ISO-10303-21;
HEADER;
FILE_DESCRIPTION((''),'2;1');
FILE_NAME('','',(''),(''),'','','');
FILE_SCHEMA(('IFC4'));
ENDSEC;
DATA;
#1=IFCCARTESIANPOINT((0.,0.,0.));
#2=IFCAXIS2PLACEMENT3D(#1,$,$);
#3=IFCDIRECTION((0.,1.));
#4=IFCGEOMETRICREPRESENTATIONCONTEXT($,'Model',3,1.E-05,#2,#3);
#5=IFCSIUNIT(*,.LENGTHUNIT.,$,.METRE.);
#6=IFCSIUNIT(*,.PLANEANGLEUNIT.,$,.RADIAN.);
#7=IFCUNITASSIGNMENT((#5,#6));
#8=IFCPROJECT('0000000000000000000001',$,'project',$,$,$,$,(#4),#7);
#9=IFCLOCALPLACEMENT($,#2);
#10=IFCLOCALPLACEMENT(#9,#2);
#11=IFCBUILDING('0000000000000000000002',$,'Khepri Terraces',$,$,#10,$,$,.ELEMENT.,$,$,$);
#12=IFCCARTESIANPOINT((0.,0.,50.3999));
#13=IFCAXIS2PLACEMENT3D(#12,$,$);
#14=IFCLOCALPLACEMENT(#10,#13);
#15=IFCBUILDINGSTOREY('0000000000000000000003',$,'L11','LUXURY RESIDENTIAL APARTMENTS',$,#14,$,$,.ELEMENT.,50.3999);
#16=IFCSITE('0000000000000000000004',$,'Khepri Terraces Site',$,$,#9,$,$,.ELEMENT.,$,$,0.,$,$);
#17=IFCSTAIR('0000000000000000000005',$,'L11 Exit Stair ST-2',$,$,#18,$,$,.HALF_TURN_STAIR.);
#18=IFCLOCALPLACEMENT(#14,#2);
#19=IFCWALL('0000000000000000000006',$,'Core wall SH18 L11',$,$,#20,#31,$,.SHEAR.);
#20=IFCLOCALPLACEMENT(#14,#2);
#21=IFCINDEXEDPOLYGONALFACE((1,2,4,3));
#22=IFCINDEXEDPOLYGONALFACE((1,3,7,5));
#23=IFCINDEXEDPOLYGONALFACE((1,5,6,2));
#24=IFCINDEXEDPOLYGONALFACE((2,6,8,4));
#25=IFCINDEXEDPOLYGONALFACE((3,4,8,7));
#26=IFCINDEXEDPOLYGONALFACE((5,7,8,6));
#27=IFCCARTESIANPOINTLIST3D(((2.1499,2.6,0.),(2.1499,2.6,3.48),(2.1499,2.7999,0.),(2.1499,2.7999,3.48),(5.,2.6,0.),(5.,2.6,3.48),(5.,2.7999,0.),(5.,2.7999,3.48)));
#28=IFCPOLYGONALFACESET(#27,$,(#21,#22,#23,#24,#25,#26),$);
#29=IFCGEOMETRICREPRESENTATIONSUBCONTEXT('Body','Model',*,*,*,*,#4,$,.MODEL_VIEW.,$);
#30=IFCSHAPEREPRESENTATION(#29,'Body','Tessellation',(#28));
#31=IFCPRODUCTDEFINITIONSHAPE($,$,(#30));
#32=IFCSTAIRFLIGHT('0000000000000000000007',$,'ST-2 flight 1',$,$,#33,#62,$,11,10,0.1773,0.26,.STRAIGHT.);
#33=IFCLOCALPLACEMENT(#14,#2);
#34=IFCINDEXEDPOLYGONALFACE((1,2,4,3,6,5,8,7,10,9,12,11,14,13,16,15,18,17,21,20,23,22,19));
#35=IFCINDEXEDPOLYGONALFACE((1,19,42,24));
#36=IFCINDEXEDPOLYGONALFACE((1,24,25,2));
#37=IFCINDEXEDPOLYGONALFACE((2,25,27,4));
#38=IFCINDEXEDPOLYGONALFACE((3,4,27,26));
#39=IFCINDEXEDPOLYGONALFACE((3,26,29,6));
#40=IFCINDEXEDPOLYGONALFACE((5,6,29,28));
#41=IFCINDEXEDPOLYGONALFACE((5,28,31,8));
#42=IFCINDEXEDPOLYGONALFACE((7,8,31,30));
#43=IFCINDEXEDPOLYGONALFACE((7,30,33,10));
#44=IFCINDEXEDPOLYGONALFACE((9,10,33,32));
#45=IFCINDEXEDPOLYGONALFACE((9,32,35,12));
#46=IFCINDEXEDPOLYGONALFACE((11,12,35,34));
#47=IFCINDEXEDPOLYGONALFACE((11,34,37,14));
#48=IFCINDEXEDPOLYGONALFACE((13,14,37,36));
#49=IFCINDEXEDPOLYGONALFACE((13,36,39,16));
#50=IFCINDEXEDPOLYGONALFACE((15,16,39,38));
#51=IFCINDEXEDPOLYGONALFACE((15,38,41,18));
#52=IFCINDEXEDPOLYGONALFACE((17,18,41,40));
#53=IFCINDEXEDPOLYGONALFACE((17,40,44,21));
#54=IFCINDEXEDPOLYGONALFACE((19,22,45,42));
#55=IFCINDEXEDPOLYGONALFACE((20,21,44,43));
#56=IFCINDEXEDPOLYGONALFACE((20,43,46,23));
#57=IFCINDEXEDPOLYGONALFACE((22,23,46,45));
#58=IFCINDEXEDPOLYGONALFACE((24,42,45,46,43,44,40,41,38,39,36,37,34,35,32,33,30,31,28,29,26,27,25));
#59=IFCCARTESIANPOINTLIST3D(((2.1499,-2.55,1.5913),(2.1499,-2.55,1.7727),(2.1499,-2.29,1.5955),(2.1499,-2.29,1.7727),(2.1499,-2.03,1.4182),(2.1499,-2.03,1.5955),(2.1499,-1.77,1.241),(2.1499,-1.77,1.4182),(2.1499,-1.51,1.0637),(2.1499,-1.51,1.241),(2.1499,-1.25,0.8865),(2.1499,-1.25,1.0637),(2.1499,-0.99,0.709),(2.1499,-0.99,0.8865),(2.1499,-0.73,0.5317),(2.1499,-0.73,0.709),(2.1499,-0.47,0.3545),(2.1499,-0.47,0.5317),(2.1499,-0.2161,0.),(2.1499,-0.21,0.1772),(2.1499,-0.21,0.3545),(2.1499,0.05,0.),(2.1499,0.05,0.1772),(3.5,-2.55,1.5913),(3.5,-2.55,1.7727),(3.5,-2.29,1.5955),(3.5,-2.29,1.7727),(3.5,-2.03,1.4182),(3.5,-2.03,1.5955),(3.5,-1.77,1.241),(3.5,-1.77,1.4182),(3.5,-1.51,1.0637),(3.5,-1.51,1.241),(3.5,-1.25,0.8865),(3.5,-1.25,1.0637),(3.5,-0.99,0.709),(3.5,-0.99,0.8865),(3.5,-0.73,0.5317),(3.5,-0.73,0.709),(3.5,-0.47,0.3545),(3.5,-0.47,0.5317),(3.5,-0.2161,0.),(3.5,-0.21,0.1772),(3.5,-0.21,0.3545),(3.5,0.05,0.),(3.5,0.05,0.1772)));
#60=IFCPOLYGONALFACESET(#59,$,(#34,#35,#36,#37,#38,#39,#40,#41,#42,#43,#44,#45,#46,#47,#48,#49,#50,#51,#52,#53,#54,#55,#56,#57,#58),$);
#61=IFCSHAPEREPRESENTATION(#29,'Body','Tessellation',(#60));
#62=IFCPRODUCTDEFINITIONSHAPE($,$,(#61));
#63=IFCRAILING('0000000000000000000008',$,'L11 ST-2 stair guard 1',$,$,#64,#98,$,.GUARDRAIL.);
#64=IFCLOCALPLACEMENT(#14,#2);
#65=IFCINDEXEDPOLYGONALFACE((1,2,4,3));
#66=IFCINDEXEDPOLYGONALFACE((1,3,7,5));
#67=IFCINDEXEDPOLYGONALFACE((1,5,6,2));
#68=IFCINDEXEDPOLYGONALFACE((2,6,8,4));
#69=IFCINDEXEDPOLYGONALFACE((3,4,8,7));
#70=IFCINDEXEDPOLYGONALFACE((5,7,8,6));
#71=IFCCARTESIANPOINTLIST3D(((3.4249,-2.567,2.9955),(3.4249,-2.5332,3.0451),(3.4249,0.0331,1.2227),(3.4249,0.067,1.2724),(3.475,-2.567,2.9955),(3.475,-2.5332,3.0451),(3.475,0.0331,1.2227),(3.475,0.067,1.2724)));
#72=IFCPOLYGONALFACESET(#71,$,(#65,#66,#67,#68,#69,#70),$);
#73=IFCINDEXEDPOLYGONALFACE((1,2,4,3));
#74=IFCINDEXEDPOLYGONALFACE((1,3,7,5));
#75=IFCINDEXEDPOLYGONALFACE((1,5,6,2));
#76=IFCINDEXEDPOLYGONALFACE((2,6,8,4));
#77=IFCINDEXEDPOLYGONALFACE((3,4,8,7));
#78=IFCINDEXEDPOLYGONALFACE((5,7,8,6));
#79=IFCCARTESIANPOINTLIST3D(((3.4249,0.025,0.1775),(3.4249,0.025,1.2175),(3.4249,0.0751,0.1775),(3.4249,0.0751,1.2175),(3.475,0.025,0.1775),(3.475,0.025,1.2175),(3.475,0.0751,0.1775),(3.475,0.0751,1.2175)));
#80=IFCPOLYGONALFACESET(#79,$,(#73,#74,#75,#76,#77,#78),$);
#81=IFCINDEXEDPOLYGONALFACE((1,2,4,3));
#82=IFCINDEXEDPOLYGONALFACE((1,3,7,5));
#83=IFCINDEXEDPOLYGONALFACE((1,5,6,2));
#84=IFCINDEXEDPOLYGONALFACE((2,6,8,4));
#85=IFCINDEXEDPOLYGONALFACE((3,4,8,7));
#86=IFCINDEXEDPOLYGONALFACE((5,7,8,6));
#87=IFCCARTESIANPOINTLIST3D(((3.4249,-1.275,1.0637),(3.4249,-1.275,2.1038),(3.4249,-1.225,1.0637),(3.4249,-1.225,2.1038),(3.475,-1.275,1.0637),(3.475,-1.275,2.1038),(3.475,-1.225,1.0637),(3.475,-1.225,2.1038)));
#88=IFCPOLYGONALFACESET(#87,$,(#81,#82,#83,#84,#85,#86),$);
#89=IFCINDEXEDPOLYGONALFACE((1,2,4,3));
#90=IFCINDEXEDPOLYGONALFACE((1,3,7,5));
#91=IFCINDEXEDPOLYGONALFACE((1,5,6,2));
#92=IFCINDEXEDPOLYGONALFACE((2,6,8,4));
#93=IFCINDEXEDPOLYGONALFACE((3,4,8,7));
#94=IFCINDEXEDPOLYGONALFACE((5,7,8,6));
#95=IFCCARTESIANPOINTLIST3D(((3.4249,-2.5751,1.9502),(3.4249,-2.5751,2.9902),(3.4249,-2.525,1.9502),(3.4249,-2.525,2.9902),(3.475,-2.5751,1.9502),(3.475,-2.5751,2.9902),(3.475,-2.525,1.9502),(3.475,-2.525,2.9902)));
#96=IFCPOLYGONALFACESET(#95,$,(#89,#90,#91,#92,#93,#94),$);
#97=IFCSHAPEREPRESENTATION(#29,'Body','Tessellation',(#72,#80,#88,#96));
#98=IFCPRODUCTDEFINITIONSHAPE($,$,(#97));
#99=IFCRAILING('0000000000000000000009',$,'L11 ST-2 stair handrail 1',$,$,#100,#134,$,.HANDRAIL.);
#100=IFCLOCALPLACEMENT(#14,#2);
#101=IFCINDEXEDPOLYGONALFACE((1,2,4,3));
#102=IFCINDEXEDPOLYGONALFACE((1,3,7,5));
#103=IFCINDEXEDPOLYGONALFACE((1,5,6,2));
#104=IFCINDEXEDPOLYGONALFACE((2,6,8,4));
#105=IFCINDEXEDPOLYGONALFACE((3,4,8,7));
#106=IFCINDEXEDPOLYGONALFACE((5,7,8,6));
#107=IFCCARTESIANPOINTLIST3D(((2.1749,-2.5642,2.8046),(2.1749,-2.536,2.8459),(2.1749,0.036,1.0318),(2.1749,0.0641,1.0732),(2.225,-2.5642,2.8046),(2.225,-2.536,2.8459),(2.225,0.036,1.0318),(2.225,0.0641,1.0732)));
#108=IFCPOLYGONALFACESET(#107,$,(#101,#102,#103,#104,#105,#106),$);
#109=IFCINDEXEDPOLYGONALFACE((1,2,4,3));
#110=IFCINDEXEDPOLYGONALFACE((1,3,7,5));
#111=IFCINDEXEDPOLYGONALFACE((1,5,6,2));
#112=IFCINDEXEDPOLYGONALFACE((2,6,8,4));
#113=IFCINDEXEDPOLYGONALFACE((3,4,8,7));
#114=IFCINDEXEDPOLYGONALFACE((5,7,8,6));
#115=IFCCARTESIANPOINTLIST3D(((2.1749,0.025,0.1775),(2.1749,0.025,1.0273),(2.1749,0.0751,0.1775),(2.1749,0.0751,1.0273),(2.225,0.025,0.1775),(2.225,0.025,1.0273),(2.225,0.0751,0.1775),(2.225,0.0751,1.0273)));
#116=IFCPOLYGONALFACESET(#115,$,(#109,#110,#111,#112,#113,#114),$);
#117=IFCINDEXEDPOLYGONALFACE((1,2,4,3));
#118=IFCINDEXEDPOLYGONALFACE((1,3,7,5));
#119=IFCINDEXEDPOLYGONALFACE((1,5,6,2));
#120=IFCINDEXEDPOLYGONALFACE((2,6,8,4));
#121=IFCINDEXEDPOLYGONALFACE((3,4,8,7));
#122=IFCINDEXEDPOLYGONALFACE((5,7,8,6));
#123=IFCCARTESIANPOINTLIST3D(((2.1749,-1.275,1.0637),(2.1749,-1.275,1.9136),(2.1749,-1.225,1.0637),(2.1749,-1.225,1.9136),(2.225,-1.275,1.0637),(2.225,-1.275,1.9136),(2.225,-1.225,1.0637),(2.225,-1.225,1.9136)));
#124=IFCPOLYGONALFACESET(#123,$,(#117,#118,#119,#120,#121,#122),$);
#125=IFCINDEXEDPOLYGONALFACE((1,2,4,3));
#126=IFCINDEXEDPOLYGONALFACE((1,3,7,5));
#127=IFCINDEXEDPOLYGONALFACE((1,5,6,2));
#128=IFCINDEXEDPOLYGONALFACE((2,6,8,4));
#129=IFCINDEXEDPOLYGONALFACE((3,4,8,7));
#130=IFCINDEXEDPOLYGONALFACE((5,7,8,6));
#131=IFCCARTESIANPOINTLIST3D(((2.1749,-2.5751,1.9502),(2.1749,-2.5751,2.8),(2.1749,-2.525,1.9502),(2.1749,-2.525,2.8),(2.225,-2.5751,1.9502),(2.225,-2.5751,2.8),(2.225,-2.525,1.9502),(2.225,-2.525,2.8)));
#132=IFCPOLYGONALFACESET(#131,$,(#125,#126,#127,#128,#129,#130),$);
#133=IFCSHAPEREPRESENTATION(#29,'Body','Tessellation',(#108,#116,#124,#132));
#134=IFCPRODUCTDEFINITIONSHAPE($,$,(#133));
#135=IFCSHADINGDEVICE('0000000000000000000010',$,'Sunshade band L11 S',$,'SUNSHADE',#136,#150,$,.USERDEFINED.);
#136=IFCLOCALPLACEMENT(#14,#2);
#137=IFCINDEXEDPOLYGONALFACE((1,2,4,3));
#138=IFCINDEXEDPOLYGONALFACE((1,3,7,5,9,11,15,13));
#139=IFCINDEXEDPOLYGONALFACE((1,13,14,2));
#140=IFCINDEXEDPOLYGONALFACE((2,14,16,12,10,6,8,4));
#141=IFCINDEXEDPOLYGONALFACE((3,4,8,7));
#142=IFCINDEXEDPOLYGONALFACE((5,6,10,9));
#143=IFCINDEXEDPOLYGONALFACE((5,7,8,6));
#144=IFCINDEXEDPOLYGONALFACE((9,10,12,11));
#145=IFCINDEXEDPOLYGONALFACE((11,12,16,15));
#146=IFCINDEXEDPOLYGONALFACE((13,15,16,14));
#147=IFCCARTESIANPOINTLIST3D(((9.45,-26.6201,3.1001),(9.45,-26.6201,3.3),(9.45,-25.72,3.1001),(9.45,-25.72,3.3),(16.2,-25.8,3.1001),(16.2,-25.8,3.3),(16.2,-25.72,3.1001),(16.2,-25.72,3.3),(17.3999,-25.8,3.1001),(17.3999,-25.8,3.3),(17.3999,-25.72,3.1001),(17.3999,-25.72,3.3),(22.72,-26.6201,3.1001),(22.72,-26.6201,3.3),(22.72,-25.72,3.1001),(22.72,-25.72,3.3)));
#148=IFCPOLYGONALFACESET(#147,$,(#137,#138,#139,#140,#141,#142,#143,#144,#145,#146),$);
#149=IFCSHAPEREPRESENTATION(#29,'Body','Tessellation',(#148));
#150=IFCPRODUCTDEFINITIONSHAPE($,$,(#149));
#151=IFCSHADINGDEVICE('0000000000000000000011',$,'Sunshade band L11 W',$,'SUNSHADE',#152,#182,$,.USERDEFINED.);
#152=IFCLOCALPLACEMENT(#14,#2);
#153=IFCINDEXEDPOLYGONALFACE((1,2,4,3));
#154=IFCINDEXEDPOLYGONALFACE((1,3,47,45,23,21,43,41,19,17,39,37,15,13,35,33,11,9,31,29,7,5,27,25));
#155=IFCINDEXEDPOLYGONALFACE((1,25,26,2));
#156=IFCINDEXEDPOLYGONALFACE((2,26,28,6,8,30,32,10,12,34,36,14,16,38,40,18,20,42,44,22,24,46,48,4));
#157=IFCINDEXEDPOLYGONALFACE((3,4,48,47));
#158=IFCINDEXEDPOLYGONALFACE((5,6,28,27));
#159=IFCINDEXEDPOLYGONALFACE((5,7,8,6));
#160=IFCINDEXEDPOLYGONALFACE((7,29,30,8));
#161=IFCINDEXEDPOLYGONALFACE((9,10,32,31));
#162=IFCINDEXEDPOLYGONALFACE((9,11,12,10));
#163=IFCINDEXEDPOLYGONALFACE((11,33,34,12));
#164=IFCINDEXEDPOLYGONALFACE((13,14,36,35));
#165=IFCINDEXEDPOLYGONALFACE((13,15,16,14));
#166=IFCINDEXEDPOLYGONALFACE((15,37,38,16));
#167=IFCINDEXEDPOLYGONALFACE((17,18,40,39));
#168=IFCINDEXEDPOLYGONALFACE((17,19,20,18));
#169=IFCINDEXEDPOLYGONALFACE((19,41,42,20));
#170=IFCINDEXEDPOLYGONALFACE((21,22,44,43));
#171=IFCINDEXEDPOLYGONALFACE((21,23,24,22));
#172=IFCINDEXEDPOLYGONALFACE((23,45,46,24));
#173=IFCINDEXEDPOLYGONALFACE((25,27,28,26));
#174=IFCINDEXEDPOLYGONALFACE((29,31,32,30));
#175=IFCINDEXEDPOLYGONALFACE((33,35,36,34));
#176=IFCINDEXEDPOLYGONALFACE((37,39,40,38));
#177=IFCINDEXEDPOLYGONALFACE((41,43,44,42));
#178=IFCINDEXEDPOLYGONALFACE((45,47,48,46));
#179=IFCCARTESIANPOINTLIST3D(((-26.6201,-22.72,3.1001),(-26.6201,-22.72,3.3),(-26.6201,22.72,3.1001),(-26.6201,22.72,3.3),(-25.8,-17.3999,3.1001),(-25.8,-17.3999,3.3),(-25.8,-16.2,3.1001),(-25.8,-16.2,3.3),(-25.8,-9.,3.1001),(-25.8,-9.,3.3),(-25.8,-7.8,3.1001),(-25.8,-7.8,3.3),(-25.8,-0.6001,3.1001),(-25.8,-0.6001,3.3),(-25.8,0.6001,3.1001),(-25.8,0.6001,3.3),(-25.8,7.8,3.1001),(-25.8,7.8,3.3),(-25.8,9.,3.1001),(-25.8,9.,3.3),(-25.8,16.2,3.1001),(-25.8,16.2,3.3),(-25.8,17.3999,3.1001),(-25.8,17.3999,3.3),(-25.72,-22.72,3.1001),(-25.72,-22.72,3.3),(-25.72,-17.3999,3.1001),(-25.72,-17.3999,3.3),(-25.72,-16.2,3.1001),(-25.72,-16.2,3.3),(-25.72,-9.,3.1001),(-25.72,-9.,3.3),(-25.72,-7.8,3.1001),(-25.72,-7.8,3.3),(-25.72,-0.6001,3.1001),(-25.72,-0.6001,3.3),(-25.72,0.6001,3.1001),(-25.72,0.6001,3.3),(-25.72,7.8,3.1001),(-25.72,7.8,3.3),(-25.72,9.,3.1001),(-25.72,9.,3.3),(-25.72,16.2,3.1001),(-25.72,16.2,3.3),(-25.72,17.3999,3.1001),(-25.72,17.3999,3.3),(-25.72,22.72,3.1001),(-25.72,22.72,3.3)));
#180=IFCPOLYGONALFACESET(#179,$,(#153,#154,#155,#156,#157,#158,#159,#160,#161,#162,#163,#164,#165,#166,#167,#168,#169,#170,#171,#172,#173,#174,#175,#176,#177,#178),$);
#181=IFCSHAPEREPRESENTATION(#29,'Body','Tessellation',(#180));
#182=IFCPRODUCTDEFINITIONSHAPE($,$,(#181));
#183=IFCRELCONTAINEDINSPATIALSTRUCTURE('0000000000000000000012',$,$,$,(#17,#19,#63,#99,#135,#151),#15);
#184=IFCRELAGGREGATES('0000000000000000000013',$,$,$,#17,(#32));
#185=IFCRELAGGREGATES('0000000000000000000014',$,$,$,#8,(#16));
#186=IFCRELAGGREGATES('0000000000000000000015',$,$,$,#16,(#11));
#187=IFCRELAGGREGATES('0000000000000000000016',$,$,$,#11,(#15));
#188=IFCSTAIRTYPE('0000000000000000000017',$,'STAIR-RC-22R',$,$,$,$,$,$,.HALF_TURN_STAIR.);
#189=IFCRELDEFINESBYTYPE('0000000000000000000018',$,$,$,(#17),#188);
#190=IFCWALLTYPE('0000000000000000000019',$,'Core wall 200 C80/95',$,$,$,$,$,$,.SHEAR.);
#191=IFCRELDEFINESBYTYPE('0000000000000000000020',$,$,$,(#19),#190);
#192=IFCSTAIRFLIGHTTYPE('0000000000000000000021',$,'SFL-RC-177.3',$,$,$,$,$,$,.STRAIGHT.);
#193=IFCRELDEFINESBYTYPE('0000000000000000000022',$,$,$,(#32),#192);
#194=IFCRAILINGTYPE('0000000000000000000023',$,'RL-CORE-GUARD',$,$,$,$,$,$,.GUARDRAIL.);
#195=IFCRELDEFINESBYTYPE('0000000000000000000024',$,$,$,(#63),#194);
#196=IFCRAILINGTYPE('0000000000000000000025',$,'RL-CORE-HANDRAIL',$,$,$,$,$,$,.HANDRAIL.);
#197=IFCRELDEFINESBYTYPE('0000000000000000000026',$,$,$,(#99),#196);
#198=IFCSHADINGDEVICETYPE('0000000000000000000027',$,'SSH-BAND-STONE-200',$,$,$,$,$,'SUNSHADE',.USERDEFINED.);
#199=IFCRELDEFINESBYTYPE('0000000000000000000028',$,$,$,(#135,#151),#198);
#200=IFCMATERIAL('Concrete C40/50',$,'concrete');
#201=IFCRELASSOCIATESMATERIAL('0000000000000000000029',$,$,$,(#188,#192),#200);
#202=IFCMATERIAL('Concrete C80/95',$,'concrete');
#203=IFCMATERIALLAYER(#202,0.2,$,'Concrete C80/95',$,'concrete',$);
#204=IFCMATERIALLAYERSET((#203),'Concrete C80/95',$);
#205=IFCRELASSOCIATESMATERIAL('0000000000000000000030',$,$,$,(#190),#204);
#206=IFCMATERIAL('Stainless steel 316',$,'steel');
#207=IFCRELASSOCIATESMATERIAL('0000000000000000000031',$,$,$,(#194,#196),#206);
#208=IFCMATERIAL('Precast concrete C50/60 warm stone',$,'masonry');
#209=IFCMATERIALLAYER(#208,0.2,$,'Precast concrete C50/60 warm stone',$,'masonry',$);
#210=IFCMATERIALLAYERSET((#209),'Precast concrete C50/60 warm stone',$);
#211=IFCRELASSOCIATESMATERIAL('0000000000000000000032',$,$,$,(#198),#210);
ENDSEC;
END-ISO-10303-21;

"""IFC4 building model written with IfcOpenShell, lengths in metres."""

from ifc_helpers import new_model, si_unit, direction, frame, frame_2d, origin, origin_2d, place, context, subcontext, project, spatial, polyline, rectangle, outline, extrude, material, layer, layer_set, type_object, element, aggregate, save


model = new_model("IFC4")

# Units and contexts
model_context = context("Model", 3, precision=1e-05, world=origin(), true_north=direction((0.0, 1.0)))
body_context = subcontext(model_context, "Body", "Model", "MODEL_VIEW")
ifc_project = project(units=[si_unit("LENGTHUNIT", "METRE"), si_unit("PLANEANGLEUNIT", "RADIAN")], contexts=[model_context])

# Site, building, storey
site_placement = place(None, origin())
site = spatial("IfcSite", under=ifc_project, at=site_placement, Name="Khepri Terraces Site", CompositionType="ELEMENT", RefElevation=0.0)
building_placement = place(site_placement, origin())
building = spatial("IfcBuilding", under=site, at=building_placement, Name="Khepri Terraces", CompositionType="ELEMENT")
storey_placement = place(building_placement, frame((0.0, 0.0, 50.3999)))
storey = spatial("IfcBuildingStorey", under=building, at=storey_placement, Name="L11", Description="LUXURY RESIDENTIAL APARTMENTS", CompositionType="ELEMENT", Elevation=50.3999)

# Stair
ifc_material_1 = material(Name="Concrete C40/50", Category="concrete")
stair_type = type_object("IfcStairType", Name="STAIR-RC-22R", PredefinedType="HALF_TURN_STAIR", material=ifc_material_1)
stair_1_placement = place(storey_placement, origin())
stair_1 = element("IfcStair", 1, at=stair_1_placement, inside=storey, type_object=stair_type, Name="L11 Exit Stair ST-2", PredefinedType="HALF_TURN_STAIR")

# Shared definitions
ifc_material_2 = material(Name="Concrete C80/95", Category="concrete")
ifc_layer_1 = layer(ifc_material_2, 0.2, Name="Concrete C80/95", Category="concrete")
ifc_layer_set_1 = layer_set([ifc_layer_1], Name="Concrete C80/95")
wall_type = type_object("IfcWallType", Name="Core wall 200 C80/95", PredefinedType="SHEAR", material=ifc_layer_set_1)

# Wall
wall_1_placement = place(storey_placement, frame((2.1499, 2.7, 0.0), z_axis=(0.0, 0.0, 1.0), x_axis=(1.0, 0.0, 0.0)))
element("IfcWall", 2, at=wall_1_placement, inside=storey, type_object=wall_type, Name="Core wall SH18 L11", PredefinedType="SHEAR", context=body_context, shape_type="SweptSolid", body=[
    extrude(rectangle(XDim=2.8501, YDim=0.2, at=frame_2d((1.425, 0.0))), origin(), (0.0, 0.0, 1.0), 3.48),
])

# Stair flight
stair_flight_type = type_object("IfcStairFlightType", Name="SFL-RC-177.3", PredefinedType="STRAIGHT", material=ifc_material_1)
stair_flight_placement = place(storey_placement, frame((2.825, 0.05, 0.0), z_axis=(0.0, 0.0, 1.0), x_axis=(0.0, -1.0, 0.0)))
stair_flight = element("IfcStairFlight", 3, at=stair_flight_placement, type_object=stair_flight_type, Name="ST-2 flight 1", NumberOfRisers=11, NumberOfTreads=10, PredefinedType="STRAIGHT", RiserHeight=0.1773, TreadLength=0.26, context=body_context, shape_type="SweptSolid", body=[
    extrude(outline(polyline([(0.0, 0.0), (0.0, 0.1772), (0.26, 0.1772), (0.26, 0.3545), (0.52, 0.3545), (0.52, 0.5317), (0.78, 0.5317), (0.78, 0.709), (1.04, 0.709), (1.04, 0.8865), (1.3, 0.8865), (1.3, 1.0637), (1.5601, 1.0637), (1.5601, 1.241), (1.8201, 1.241), (1.8201, 1.4182), (2.0801, 1.4182), (2.0801, 1.5955), (2.3401, 1.5955), (2.3401, 1.7727), (2.6001, 1.7727), (2.6001, 1.95), (2.6001, 1.5913), (0.2661, 0.0), (0.0, 0.0)])), frame((0.0, 0.675, 0.0), z_axis=(0.0, -1.0, 0.0), x_axis=(1.0, 0.0, 0.0)), (0.0, 0.0, 1.0), 1.3501),
])
aggregate(stair_1, [stair_flight])

# Railings
ifc_material_3 = material(Name="Stainless steel 316", Category="steel")
railing_type_1 = type_object("IfcRailingType", Name="RL-CORE-GUARD", PredefinedType="GUARDRAIL", material=ifc_material_3)
railing_1_placement = place(storey_placement, frame((3.45, 0.05, 0.1775)))
element("IfcRailing", 4, at=railing_1_placement, inside=storey, type_object=railing_type_1, Name="L11 ST-2 stair guard 1", PredefinedType="GUARDRAIL", context=body_context, shape_type="SweptSolid", body=[
    extrude(rectangle(XDim=0.05, YDim=0.0601, at=origin_2d()), frame((0.0, 0.0, 1.0701), z_axis=(0.0, -0.82624, 0.563318), x_axis=(1.0, 0.0, 0.0)), (0.0, 0.0, 1.0), 3.147),
    extrude(rectangle(XDim=0.05, YDim=0.05, at=origin_2d()), origin(), (0.0, 0.0, 1.0), 1.04),
    extrude(rectangle(XDim=0.05, YDim=0.05, at=origin_2d()), frame((0.0, -1.3, 0.8862)), (0.0, 0.0, 1.0), 1.04),
    extrude(rectangle(XDim=0.05, YDim=0.05, at=origin_2d()), frame((0.0, -2.6001, 1.7727)), (0.0, 0.0, 1.0), 1.04),
])
railing_type_2 = type_object("IfcRailingType", Name="RL-CORE-HANDRAIL", PredefinedType="HANDRAIL", material=ifc_material_3)
railing_2_placement = place(storey_placement, frame((2.2, 0.05, 0.1775)))
element("IfcRailing", 5, at=railing_2_placement, inside=storey, type_object=railing_type_2, Name="L11 ST-2 stair handrail 1", PredefinedType="HANDRAIL", context=body_context, shape_type="SweptSolid", body=[
    extrude(rectangle(XDim=0.05, YDim=0.05, at=origin_2d()), frame((0.0, 0.0, 0.875), z_axis=(0.0, -0.82624, 0.563318), x_axis=(1.0, 0.0, 0.0)), (0.0, 0.0, 1.0), 3.147),
    extrude(rectangle(XDim=0.05, YDim=0.05, at=origin_2d()), origin(), (0.0, 0.0, 1.0), 0.8499),
    extrude(rectangle(XDim=0.05, YDim=0.05, at=origin_2d()), frame((0.0, -1.3, 0.8862)), (0.0, 0.0, 1.0), 0.8499),
    extrude(rectangle(XDim=0.05, YDim=0.05, at=origin_2d()), frame((0.0, -2.6001, 1.7727)), (0.0, 0.0, 1.0), 0.8499),
])

# Shading devices
ifc_material_4 = material(Name="Precast concrete C50/60 warm stone", Category="masonry")
ifc_layer_2 = layer(ifc_material_4, 0.2, Name="Precast concrete C50/60 warm stone", Category="masonry")
ifc_layer_set_2 = layer_set([ifc_layer_2], Name="Precast concrete C50/60 warm stone")
shading_device_type_1 = type_object("IfcShadingDeviceType", Name="SSH-BAND-STONE-200", ElementType="SUNSHADE", PredefinedType="USERDEFINED", material=ifc_layer_set_2)
shading_device_1_placement = place(storey_placement, frame((0.0, 0.0, 3.1001)))
element("IfcShadingDevice", 6, at=shading_device_1_placement, inside=storey, type_object=shading_device_type_1, Name="Sunshade band L11 S", ObjectType="SUNSHADE", PredefinedType="USERDEFINED", context=body_context, shape_type="SweptSolid", body=[
    extrude(outline(polyline([(16.2, -25.72), (9.45, -25.72), (9.45, -26.6201), (22.72, -26.6201), (22.72, -25.72), (17.3999, -25.72), (17.3999, -25.8), (16.2, -25.8), (16.2, -25.72)])), origin(), (0.0, 0.0, 1.0), 0.2),
])
shading_device_2_placement = place(storey_placement, frame((0.0, 0.0, 3.1001)))
element("IfcShadingDevice", 7, at=shading_device_2_placement, inside=storey, type_object=shading_device_type_1, Name="Sunshade band L11 W", ObjectType="SUNSHADE", PredefinedType="USERDEFINED", context=body_context, shape_type="SweptSolid", body=[
    extrude(outline(polyline([(-25.72, 17.3999), (-25.72, 22.72), (-26.6201, 22.72), (-26.6201, -22.72), (-25.72, -22.72), (-25.72, -17.3999), (-25.8, -17.3999), (-25.8, -16.2), (-25.72, -16.2), (-25.72, -9.0), (-25.8, -9.0), (-25.8, -7.8), (-25.72, -7.8), (-25.72, -0.6001), (-25.8, -0.6001), (-25.8, 0.6001), (-25.72, 0.6001), (-25.72, 7.8), (-25.8, 7.8), (-25.8, 9.0), (-25.72, 9.0), (-25.72, 16.2), (-25.8, 16.2), (-25.8, 17.3999), (-25.72, 17.3999)])), origin(), (0.0, 0.0, 1.0), 0.2),
])

save(model, "model.ifc")
